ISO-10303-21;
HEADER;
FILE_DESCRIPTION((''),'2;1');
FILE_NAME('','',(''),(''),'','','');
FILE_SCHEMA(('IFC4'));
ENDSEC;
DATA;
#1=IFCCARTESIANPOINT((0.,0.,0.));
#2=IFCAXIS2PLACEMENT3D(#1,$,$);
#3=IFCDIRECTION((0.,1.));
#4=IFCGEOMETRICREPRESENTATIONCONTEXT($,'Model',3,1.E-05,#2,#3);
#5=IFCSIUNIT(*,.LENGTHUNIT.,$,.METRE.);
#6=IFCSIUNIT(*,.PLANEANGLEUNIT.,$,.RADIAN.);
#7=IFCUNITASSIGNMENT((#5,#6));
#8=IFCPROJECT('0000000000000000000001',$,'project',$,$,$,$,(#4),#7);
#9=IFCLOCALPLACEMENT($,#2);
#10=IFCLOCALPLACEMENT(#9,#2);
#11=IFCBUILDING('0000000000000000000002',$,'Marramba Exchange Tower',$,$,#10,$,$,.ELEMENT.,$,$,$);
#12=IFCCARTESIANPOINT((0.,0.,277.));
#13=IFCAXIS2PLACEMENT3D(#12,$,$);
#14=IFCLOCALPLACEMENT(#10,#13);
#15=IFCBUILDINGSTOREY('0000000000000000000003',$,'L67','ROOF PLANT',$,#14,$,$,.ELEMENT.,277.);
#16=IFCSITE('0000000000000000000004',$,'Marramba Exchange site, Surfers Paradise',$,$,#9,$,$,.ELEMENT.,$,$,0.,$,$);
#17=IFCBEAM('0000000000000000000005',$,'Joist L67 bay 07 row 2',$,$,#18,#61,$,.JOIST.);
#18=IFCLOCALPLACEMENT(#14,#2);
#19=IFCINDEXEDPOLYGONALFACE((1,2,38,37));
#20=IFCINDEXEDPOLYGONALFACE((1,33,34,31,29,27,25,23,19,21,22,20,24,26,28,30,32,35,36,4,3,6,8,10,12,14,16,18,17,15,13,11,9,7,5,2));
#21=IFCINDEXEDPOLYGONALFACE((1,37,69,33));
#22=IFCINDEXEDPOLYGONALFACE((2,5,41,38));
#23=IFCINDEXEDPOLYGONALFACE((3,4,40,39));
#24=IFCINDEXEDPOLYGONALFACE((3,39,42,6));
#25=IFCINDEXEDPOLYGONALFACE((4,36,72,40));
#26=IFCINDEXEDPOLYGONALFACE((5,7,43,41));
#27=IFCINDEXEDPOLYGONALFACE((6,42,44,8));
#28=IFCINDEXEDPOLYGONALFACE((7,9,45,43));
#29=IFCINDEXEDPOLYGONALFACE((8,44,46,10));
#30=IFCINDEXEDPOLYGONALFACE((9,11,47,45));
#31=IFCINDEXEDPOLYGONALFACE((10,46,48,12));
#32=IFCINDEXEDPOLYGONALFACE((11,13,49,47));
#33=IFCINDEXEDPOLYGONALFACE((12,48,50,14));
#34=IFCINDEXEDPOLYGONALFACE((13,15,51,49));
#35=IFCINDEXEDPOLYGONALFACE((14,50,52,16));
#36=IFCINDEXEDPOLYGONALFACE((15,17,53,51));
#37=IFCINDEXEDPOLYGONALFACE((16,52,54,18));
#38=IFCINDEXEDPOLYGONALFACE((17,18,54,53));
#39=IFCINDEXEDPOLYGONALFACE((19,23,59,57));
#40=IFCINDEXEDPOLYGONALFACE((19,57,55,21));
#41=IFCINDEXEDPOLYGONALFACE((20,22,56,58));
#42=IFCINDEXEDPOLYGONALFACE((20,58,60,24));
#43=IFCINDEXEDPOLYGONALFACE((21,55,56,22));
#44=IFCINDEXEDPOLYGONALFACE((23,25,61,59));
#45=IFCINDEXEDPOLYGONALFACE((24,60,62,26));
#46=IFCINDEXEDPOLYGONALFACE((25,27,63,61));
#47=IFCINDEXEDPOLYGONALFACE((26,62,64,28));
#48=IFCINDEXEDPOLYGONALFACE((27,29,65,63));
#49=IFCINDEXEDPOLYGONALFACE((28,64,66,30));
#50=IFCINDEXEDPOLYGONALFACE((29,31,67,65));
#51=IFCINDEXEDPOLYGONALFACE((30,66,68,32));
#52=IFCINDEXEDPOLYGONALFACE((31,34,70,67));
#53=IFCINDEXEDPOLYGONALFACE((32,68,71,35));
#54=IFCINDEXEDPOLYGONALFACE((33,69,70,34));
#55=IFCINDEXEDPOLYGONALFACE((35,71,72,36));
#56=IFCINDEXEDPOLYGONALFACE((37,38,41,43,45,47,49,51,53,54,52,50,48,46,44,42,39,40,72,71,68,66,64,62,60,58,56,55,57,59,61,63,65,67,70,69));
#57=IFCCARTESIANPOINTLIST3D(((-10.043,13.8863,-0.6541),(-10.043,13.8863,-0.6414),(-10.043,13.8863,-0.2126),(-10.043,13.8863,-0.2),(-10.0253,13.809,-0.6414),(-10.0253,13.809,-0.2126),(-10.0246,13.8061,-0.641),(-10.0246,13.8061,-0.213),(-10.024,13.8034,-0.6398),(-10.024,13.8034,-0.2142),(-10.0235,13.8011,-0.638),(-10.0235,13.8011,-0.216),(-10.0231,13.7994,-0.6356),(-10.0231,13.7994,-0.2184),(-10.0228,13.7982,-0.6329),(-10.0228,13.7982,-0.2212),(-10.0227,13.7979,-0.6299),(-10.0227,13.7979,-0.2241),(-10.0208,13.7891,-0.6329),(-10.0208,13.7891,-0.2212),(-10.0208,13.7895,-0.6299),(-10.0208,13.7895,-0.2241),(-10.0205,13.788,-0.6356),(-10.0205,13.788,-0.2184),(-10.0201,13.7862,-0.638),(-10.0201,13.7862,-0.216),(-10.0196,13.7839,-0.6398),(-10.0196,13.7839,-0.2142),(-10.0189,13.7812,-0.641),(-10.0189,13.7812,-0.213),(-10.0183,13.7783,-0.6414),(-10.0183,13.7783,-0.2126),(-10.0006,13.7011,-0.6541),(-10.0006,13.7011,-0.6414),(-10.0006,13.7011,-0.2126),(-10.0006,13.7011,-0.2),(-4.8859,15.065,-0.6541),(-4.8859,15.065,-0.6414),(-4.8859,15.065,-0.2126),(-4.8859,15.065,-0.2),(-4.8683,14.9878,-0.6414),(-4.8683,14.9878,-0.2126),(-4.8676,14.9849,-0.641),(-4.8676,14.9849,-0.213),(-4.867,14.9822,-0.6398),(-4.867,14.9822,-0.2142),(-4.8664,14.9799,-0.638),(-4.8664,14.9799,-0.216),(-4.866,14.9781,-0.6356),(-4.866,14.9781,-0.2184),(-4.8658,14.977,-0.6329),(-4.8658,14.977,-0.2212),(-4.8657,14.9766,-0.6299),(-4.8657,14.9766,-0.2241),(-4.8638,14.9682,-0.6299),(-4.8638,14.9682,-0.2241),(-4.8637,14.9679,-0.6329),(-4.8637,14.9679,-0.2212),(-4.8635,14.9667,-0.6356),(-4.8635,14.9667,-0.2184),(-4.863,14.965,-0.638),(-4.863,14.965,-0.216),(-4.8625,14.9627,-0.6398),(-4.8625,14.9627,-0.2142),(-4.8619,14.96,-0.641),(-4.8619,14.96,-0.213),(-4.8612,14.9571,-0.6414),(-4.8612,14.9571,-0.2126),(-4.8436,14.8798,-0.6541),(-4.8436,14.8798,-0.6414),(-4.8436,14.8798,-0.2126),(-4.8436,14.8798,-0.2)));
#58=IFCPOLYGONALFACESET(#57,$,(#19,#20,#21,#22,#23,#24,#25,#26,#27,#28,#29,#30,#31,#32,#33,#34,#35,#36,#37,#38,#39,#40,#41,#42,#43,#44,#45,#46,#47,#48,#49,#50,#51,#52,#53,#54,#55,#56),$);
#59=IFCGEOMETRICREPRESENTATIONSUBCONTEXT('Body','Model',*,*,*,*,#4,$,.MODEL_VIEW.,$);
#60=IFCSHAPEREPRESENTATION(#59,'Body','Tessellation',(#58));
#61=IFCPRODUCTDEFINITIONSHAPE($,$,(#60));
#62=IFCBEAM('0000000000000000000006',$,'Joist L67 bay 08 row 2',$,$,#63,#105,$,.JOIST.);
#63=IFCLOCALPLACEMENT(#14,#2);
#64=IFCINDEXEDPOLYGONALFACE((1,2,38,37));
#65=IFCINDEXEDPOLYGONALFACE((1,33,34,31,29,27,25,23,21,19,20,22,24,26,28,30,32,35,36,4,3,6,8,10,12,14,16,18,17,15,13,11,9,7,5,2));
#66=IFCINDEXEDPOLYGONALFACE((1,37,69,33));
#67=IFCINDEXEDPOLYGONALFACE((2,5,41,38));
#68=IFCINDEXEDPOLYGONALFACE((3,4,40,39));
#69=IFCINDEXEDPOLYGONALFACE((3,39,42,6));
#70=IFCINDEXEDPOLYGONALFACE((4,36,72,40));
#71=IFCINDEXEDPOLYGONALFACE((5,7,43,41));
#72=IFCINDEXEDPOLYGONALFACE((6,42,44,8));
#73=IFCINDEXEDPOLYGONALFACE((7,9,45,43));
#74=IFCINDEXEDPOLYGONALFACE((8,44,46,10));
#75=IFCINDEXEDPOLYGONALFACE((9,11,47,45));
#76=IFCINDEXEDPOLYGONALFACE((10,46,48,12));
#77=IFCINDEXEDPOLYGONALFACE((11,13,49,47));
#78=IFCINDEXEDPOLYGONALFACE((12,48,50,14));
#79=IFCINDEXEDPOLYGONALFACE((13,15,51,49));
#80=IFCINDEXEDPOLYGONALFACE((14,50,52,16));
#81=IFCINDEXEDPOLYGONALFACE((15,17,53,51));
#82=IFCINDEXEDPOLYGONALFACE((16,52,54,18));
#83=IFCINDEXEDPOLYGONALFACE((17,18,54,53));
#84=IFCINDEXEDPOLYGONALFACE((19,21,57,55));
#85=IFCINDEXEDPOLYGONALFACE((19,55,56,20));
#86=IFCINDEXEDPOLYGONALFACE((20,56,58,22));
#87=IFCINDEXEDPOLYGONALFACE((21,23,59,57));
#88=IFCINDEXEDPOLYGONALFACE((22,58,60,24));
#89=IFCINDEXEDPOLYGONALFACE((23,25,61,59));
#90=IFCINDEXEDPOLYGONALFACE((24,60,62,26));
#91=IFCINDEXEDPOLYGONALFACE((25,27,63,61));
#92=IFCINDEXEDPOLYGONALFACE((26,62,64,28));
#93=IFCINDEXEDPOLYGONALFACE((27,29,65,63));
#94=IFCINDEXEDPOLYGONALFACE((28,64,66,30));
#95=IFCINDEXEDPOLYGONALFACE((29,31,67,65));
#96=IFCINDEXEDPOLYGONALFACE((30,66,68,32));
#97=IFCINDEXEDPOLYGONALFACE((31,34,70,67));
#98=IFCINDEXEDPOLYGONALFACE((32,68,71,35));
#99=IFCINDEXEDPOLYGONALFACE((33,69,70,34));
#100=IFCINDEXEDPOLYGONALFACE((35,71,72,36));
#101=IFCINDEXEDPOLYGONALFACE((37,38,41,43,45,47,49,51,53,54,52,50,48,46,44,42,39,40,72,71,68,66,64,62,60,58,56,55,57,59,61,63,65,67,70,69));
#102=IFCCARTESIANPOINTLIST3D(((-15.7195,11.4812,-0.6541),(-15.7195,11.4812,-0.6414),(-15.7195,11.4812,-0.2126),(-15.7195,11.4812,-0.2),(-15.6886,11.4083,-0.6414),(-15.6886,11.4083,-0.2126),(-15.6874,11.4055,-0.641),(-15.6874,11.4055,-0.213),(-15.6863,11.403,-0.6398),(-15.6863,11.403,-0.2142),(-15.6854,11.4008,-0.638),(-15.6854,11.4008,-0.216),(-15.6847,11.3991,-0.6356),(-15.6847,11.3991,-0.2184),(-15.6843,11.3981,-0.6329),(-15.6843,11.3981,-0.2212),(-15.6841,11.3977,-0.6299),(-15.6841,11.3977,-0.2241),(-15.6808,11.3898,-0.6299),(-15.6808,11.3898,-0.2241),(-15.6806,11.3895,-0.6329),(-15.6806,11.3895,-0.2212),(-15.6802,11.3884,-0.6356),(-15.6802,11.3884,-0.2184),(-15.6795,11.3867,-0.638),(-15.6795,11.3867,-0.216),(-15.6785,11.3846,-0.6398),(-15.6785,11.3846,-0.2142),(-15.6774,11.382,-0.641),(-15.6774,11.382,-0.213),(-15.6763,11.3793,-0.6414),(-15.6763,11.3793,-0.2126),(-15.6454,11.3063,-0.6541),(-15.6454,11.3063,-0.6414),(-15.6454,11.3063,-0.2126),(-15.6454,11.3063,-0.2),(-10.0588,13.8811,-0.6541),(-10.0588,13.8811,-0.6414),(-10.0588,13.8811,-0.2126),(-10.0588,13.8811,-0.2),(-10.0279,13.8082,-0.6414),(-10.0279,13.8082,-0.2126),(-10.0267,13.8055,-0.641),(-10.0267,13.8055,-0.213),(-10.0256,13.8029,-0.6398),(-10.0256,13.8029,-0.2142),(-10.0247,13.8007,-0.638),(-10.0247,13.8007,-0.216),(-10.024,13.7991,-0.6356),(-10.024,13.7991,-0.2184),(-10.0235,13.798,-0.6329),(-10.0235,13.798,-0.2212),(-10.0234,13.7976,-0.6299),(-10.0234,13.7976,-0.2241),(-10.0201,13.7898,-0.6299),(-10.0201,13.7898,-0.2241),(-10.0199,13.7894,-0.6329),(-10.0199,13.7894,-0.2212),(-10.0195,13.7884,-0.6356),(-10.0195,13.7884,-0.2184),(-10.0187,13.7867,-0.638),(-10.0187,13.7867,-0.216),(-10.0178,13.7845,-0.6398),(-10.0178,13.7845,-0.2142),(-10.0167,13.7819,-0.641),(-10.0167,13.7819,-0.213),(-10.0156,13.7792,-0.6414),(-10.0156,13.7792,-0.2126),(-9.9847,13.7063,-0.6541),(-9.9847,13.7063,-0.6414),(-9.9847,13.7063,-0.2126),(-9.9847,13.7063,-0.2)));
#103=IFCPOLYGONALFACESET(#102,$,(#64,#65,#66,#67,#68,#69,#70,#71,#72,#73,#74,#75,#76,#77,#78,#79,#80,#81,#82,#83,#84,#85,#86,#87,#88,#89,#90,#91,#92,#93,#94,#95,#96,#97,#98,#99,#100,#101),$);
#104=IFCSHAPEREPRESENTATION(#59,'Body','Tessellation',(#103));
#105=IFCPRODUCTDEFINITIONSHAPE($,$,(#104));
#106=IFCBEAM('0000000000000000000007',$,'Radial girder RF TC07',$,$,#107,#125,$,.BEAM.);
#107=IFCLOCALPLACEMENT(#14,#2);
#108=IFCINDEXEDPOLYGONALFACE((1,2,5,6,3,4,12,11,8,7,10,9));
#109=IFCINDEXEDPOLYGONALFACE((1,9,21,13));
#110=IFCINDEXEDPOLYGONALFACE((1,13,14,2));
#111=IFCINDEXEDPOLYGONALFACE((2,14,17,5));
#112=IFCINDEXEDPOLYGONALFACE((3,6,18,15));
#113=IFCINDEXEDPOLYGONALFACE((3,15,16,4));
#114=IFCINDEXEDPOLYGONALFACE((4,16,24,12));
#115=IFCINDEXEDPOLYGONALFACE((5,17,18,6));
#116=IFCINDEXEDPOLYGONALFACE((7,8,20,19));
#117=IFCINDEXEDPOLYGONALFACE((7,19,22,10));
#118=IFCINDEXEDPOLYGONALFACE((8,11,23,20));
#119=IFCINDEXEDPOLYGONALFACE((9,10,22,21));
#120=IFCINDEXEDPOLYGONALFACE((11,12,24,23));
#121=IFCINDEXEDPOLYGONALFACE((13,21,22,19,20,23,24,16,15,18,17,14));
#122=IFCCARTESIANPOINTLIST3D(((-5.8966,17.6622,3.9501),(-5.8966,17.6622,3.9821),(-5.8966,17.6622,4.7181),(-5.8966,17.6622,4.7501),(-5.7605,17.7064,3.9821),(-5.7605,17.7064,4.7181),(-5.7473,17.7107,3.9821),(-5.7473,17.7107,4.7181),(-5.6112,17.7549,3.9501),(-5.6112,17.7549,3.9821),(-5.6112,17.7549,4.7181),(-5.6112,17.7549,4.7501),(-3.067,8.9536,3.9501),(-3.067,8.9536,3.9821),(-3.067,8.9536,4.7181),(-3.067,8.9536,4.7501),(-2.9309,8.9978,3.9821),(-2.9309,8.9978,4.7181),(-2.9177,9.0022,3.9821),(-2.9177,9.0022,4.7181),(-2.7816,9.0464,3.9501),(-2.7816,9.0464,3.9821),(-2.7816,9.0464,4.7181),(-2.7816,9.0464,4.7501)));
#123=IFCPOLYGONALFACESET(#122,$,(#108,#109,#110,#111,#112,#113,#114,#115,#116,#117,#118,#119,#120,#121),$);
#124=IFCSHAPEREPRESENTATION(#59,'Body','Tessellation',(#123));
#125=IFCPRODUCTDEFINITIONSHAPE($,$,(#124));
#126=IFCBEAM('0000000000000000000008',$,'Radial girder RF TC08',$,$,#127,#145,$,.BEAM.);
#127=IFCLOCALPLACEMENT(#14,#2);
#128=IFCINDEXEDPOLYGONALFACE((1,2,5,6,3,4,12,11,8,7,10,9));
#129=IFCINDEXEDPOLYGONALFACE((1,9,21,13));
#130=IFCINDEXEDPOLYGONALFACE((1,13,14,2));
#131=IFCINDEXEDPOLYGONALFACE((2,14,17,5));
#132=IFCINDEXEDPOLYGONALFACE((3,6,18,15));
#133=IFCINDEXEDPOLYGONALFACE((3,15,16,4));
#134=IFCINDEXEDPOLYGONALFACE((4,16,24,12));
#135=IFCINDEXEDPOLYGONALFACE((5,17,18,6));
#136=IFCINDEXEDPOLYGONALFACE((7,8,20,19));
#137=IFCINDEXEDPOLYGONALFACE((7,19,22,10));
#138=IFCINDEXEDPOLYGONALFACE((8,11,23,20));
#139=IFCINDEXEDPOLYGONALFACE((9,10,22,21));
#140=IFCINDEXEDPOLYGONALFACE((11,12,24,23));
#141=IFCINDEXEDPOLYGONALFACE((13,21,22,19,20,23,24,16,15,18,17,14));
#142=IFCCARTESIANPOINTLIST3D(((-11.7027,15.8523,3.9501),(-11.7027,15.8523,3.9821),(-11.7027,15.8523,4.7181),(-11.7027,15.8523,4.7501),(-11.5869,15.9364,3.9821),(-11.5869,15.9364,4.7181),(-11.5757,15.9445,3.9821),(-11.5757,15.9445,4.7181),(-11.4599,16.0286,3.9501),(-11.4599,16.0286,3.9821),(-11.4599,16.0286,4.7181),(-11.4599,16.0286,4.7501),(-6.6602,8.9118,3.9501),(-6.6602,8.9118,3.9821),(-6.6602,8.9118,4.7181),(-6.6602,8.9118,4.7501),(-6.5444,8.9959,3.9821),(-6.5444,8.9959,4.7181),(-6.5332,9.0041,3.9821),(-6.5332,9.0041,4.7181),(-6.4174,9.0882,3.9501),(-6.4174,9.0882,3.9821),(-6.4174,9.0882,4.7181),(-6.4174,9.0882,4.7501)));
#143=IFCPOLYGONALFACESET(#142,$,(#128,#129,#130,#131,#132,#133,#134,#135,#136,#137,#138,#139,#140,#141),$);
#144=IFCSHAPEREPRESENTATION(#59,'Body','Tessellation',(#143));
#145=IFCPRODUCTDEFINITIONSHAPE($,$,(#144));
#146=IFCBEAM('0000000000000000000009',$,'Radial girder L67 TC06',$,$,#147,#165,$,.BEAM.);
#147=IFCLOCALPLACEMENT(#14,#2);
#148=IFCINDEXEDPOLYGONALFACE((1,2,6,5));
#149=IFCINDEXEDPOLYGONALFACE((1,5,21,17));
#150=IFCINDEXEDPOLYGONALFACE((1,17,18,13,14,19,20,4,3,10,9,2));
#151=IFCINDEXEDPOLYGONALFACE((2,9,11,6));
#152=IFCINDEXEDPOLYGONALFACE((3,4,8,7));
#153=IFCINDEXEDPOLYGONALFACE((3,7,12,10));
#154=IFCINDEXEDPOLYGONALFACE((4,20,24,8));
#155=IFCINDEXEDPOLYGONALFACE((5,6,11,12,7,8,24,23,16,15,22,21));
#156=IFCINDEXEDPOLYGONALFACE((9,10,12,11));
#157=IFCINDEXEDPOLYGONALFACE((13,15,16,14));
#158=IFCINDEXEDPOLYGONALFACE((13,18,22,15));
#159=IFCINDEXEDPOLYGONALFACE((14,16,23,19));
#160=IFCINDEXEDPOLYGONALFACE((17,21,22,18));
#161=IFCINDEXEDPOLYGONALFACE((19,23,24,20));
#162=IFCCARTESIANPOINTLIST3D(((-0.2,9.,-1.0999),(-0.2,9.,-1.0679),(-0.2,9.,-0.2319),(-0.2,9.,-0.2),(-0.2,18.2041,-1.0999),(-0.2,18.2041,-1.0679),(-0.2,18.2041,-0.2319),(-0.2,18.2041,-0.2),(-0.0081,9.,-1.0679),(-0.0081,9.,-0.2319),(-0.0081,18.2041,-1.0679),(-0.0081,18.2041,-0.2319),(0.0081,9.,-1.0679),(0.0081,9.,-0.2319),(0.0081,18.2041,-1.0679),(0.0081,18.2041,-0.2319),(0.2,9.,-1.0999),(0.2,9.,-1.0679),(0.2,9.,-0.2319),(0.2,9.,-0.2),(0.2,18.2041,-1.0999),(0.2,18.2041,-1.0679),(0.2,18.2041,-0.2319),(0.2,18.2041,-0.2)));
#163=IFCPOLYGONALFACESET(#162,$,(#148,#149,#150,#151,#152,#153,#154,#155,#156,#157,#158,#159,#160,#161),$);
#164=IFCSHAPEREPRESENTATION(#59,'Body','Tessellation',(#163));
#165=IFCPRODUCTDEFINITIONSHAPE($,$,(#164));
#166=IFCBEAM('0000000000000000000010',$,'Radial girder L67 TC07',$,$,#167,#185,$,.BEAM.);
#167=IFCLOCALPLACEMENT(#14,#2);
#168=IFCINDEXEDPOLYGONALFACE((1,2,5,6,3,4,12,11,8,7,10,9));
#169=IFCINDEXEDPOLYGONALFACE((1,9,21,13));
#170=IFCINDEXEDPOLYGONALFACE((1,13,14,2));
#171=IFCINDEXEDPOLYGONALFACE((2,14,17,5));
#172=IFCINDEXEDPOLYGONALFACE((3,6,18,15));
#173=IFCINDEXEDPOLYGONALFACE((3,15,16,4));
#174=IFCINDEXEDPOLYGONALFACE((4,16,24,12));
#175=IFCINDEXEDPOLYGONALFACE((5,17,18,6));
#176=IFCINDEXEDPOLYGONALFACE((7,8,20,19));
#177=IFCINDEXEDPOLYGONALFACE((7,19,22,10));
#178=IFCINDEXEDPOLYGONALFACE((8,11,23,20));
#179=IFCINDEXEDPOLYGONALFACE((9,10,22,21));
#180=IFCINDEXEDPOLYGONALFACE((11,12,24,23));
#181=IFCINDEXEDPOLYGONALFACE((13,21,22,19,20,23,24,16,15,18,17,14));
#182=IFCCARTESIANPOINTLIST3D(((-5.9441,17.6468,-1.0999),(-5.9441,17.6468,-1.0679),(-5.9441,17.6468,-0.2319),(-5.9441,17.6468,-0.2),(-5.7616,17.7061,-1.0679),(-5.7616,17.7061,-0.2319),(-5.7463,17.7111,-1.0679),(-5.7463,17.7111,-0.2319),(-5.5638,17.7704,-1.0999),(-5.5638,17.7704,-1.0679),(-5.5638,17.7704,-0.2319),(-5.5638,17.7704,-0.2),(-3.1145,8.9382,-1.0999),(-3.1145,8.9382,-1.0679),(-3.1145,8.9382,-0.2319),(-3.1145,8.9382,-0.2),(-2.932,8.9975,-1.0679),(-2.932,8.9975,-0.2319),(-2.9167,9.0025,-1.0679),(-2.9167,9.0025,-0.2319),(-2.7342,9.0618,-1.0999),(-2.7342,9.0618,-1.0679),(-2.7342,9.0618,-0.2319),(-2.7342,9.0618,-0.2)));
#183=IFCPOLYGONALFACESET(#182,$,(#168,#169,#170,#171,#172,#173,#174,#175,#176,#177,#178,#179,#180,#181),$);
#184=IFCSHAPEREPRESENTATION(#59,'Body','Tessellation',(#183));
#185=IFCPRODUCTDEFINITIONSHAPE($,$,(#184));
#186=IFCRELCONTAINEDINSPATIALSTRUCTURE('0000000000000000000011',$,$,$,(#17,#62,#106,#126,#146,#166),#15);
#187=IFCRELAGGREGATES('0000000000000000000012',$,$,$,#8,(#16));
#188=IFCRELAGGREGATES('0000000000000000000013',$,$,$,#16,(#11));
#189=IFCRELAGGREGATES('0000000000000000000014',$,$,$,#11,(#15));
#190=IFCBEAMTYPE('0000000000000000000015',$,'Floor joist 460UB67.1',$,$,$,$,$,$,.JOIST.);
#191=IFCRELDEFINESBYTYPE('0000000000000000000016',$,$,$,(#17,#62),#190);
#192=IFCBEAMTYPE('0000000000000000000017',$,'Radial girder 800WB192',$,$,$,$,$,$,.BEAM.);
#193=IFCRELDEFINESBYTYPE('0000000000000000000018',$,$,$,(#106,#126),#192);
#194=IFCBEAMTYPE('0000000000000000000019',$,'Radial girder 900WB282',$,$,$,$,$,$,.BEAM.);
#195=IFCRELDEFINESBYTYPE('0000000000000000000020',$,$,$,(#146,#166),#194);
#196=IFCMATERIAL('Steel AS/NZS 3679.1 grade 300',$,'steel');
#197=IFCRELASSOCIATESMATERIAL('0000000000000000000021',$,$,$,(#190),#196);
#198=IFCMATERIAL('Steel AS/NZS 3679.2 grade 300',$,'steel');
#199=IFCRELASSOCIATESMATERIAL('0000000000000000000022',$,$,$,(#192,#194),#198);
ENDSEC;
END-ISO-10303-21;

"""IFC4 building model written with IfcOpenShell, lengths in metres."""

from ifc_helpers import new_model, si_unit, direction, frame, origin, origin_2d, place, context, subcontext, project, spatial, i_section, extrude, material, material_profile, profile_set, type_object, element, save


model = new_model("IFC4")

# Units and contexts
model_context = context("Model", 3, precision=1e-05, world=origin(), true_north=direction((0.0, 1.0)))
body_context = subcontext(model_context, "Body", "Model", "MODEL_VIEW")
ifc_project = project(units=[si_unit("LENGTHUNIT", "METRE"), si_unit("PLANEANGLEUNIT", "RADIAN")], contexts=[model_context])

# Site, building, storey
site_placement = place(None, origin())
site = spatial("IfcSite", under=ifc_project, at=site_placement, Name="Marramba Exchange site, Surfers Paradise", CompositionType="ELEMENT", RefElevation=0.0)
building_placement = place(site_placement, origin())
building = spatial("IfcBuilding", under=site, at=building_placement, Name="Marramba Exchange Tower", CompositionType="ELEMENT")
storey_placement = place(building_placement, frame((0.0, 0.0, 277.0)))
storey = spatial("IfcBuildingStorey", under=building, at=storey_placement, Name="L67", Description="ROOF PLANT", CompositionType="ELEMENT", Elevation=277.0)

# Beams
ifc_material_1 = material(Name="Steel AS/NZS 3679.1 grade 300", Category="steel")
ifc_material_profile_1 = material_profile(ifc_material_1, i_section(OverallWidth=0.1899, OverallDepth=0.4541, WebThickness=0.0085, FlangeThickness=0.0127, FilletRadius=0.0115, at=origin_2d()), Name="460UB67.1")
ifc_profile_set_1 = profile_set([ifc_material_profile_1], Name="Steel AS/NZS 3679.1 grade 300")
beam_type_1 = type_object("IfcBeamType", Name="Floor joist 460UB67.1", PredefinedType="JOIST", material=ifc_profile_set_1)
beam_1_placement = place(storey_placement, frame((-4.8647, 14.9724, -0.427), z_axis=(-0.97486, -0.22282, 0.0), x_axis=(0.22282, -0.97486, 0.0)))
element("IfcBeam", 1, at=beam_1_placement, inside=storey, type_object=beam_type_1, Name="Joist L67 bay 07 row 2", PredefinedType="JOIST", context=body_context, shape_type="SweptSolid", body=[
    extrude(i_section(OverallWidth=0.1899, OverallDepth=0.4541, WebThickness=0.0085, FlangeThickness=0.0127, FilletRadius=0.0115, at=origin_2d()), origin(), (0.0, 0.0, 1.0), 5.29),
])
beam_2_placement = place(storey_placement, frame((-10.0217, 13.7937, -0.427), z_axis=(-0.920674, -0.390332, 0.0), x_axis=(0.390332, -0.920674, 0.0)))
element("IfcBeam", 2, at=beam_2_placement, inside=storey, type_object=beam_type_1, Name="Joist L67 bay 08 row 2", PredefinedType="JOIST", context=body_context, shape_type="SweptSolid", body=[
    extrude(i_section(OverallWidth=0.1899, OverallDepth=0.4541, WebThickness=0.0085, FlangeThickness=0.0127, FilletRadius=0.0115, at=origin_2d()), origin(), (0.0, 0.0, 1.0), 6.1484),
])
ifc_material_2 = material(Name="Steel AS/NZS 3679.2 grade 300", Category="steel")
ifc_material_profile_2 = material_profile(ifc_material_2, i_section(OverallWidth=0.3, OverallDepth=0.8, WebThickness=0.0139, FlangeThickness=0.032, at=origin_2d()), Name="800WB192")
ifc_profile_set_2 = profile_set([ifc_material_profile_2], Name="Steel AS/NZS 3679.2 grade 300")
beam_type_2 = type_object("IfcBeamType", Name="Radial girder 800WB192", PredefinedType="BEAM", material=ifc_profile_set_2)
beam_3_placement = place(storey_placement, frame((-2.9243, 9.0, 4.3501), z_axis=(-0.30902, 0.951056, 0.0), x_axis=(-0.951056, -0.30902, 0.0)))
element("IfcBeam", 3, at=beam_3_placement, inside=storey, type_object=beam_type_2, Name="Radial girder RF TC07", PredefinedType="BEAM", context=body_context, shape_type="SweptSolid", body=[
    extrude(i_section(OverallWidth=0.3, OverallDepth=0.8, WebThickness=0.0139, FlangeThickness=0.032, at=origin_2d()), origin(), (0.0, 0.0, 1.0), 9.1567),
])
beam_4_placement = place(storey_placement, frame((-6.5388, 9.0, 4.3501), z_axis=(-0.587782, 0.809019, 0.0), x_axis=(-0.809019, -0.587782, 0.0)))
element("IfcBeam", 4, at=beam_4_placement, inside=storey, type_object=beam_type_2, Name="Radial girder RF TC08", PredefinedType="BEAM", context=body_context, shape_type="SweptSolid", body=[
    extrude(i_section(OverallWidth=0.3, OverallDepth=0.8, WebThickness=0.0139, FlangeThickness=0.032, at=origin_2d()), origin(), (0.0, 0.0, 1.0), 8.5789),
])
ifc_material_profile_3 = material_profile(ifc_material_2, i_section(OverallWidth=0.3999, OverallDepth=0.8999, WebThickness=0.0161, FlangeThickness=0.032, at=origin_2d()), Name="900WB282")
ifc_profile_set_3 = profile_set([ifc_material_profile_3], Name="Steel AS/NZS 3679.2 grade 300")
beam_type_3 = type_object("IfcBeamType", Name="Radial girder 900WB282", PredefinedType="BEAM", material=ifc_profile_set_3)
beam_5_placement = place(storey_placement, frame((0.0, 9.0, -0.6499), z_axis=(0.0, 1.0, 0.0), x_axis=(-1.0, 0.0, 0.0)))
element("IfcBeam", 5, at=beam_5_placement, inside=storey, type_object=beam_type_3, Name="Radial girder L67 TC06", PredefinedType="BEAM", context=body_context, shape_type="SweptSolid", body=[
    extrude(i_section(OverallWidth=0.3999, OverallDepth=0.8999, WebThickness=0.0161, FlangeThickness=0.032, at=origin_2d()), origin(), (0.0, 0.0, 1.0), 9.2041),
])
beam_6_placement = place(storey_placement, frame((-2.9243, 9.0, -0.6499), z_axis=(-0.30902, 0.951056, 0.0), x_axis=(-0.951056, -0.30902, 0.0)))
element("IfcBeam", 6, at=beam_6_placement, inside=storey, type_object=beam_type_3, Name="Radial girder L67 TC07", PredefinedType="BEAM", context=body_context, shape_type="SweptSolid", body=[
    extrude(i_section(OverallWidth=0.3999, OverallDepth=0.8999, WebThickness=0.0161, FlangeThickness=0.032, at=origin_2d()), origin(), (0.0, 0.0, 1.0), 9.1567),
])

save(model, "model.ifc")
